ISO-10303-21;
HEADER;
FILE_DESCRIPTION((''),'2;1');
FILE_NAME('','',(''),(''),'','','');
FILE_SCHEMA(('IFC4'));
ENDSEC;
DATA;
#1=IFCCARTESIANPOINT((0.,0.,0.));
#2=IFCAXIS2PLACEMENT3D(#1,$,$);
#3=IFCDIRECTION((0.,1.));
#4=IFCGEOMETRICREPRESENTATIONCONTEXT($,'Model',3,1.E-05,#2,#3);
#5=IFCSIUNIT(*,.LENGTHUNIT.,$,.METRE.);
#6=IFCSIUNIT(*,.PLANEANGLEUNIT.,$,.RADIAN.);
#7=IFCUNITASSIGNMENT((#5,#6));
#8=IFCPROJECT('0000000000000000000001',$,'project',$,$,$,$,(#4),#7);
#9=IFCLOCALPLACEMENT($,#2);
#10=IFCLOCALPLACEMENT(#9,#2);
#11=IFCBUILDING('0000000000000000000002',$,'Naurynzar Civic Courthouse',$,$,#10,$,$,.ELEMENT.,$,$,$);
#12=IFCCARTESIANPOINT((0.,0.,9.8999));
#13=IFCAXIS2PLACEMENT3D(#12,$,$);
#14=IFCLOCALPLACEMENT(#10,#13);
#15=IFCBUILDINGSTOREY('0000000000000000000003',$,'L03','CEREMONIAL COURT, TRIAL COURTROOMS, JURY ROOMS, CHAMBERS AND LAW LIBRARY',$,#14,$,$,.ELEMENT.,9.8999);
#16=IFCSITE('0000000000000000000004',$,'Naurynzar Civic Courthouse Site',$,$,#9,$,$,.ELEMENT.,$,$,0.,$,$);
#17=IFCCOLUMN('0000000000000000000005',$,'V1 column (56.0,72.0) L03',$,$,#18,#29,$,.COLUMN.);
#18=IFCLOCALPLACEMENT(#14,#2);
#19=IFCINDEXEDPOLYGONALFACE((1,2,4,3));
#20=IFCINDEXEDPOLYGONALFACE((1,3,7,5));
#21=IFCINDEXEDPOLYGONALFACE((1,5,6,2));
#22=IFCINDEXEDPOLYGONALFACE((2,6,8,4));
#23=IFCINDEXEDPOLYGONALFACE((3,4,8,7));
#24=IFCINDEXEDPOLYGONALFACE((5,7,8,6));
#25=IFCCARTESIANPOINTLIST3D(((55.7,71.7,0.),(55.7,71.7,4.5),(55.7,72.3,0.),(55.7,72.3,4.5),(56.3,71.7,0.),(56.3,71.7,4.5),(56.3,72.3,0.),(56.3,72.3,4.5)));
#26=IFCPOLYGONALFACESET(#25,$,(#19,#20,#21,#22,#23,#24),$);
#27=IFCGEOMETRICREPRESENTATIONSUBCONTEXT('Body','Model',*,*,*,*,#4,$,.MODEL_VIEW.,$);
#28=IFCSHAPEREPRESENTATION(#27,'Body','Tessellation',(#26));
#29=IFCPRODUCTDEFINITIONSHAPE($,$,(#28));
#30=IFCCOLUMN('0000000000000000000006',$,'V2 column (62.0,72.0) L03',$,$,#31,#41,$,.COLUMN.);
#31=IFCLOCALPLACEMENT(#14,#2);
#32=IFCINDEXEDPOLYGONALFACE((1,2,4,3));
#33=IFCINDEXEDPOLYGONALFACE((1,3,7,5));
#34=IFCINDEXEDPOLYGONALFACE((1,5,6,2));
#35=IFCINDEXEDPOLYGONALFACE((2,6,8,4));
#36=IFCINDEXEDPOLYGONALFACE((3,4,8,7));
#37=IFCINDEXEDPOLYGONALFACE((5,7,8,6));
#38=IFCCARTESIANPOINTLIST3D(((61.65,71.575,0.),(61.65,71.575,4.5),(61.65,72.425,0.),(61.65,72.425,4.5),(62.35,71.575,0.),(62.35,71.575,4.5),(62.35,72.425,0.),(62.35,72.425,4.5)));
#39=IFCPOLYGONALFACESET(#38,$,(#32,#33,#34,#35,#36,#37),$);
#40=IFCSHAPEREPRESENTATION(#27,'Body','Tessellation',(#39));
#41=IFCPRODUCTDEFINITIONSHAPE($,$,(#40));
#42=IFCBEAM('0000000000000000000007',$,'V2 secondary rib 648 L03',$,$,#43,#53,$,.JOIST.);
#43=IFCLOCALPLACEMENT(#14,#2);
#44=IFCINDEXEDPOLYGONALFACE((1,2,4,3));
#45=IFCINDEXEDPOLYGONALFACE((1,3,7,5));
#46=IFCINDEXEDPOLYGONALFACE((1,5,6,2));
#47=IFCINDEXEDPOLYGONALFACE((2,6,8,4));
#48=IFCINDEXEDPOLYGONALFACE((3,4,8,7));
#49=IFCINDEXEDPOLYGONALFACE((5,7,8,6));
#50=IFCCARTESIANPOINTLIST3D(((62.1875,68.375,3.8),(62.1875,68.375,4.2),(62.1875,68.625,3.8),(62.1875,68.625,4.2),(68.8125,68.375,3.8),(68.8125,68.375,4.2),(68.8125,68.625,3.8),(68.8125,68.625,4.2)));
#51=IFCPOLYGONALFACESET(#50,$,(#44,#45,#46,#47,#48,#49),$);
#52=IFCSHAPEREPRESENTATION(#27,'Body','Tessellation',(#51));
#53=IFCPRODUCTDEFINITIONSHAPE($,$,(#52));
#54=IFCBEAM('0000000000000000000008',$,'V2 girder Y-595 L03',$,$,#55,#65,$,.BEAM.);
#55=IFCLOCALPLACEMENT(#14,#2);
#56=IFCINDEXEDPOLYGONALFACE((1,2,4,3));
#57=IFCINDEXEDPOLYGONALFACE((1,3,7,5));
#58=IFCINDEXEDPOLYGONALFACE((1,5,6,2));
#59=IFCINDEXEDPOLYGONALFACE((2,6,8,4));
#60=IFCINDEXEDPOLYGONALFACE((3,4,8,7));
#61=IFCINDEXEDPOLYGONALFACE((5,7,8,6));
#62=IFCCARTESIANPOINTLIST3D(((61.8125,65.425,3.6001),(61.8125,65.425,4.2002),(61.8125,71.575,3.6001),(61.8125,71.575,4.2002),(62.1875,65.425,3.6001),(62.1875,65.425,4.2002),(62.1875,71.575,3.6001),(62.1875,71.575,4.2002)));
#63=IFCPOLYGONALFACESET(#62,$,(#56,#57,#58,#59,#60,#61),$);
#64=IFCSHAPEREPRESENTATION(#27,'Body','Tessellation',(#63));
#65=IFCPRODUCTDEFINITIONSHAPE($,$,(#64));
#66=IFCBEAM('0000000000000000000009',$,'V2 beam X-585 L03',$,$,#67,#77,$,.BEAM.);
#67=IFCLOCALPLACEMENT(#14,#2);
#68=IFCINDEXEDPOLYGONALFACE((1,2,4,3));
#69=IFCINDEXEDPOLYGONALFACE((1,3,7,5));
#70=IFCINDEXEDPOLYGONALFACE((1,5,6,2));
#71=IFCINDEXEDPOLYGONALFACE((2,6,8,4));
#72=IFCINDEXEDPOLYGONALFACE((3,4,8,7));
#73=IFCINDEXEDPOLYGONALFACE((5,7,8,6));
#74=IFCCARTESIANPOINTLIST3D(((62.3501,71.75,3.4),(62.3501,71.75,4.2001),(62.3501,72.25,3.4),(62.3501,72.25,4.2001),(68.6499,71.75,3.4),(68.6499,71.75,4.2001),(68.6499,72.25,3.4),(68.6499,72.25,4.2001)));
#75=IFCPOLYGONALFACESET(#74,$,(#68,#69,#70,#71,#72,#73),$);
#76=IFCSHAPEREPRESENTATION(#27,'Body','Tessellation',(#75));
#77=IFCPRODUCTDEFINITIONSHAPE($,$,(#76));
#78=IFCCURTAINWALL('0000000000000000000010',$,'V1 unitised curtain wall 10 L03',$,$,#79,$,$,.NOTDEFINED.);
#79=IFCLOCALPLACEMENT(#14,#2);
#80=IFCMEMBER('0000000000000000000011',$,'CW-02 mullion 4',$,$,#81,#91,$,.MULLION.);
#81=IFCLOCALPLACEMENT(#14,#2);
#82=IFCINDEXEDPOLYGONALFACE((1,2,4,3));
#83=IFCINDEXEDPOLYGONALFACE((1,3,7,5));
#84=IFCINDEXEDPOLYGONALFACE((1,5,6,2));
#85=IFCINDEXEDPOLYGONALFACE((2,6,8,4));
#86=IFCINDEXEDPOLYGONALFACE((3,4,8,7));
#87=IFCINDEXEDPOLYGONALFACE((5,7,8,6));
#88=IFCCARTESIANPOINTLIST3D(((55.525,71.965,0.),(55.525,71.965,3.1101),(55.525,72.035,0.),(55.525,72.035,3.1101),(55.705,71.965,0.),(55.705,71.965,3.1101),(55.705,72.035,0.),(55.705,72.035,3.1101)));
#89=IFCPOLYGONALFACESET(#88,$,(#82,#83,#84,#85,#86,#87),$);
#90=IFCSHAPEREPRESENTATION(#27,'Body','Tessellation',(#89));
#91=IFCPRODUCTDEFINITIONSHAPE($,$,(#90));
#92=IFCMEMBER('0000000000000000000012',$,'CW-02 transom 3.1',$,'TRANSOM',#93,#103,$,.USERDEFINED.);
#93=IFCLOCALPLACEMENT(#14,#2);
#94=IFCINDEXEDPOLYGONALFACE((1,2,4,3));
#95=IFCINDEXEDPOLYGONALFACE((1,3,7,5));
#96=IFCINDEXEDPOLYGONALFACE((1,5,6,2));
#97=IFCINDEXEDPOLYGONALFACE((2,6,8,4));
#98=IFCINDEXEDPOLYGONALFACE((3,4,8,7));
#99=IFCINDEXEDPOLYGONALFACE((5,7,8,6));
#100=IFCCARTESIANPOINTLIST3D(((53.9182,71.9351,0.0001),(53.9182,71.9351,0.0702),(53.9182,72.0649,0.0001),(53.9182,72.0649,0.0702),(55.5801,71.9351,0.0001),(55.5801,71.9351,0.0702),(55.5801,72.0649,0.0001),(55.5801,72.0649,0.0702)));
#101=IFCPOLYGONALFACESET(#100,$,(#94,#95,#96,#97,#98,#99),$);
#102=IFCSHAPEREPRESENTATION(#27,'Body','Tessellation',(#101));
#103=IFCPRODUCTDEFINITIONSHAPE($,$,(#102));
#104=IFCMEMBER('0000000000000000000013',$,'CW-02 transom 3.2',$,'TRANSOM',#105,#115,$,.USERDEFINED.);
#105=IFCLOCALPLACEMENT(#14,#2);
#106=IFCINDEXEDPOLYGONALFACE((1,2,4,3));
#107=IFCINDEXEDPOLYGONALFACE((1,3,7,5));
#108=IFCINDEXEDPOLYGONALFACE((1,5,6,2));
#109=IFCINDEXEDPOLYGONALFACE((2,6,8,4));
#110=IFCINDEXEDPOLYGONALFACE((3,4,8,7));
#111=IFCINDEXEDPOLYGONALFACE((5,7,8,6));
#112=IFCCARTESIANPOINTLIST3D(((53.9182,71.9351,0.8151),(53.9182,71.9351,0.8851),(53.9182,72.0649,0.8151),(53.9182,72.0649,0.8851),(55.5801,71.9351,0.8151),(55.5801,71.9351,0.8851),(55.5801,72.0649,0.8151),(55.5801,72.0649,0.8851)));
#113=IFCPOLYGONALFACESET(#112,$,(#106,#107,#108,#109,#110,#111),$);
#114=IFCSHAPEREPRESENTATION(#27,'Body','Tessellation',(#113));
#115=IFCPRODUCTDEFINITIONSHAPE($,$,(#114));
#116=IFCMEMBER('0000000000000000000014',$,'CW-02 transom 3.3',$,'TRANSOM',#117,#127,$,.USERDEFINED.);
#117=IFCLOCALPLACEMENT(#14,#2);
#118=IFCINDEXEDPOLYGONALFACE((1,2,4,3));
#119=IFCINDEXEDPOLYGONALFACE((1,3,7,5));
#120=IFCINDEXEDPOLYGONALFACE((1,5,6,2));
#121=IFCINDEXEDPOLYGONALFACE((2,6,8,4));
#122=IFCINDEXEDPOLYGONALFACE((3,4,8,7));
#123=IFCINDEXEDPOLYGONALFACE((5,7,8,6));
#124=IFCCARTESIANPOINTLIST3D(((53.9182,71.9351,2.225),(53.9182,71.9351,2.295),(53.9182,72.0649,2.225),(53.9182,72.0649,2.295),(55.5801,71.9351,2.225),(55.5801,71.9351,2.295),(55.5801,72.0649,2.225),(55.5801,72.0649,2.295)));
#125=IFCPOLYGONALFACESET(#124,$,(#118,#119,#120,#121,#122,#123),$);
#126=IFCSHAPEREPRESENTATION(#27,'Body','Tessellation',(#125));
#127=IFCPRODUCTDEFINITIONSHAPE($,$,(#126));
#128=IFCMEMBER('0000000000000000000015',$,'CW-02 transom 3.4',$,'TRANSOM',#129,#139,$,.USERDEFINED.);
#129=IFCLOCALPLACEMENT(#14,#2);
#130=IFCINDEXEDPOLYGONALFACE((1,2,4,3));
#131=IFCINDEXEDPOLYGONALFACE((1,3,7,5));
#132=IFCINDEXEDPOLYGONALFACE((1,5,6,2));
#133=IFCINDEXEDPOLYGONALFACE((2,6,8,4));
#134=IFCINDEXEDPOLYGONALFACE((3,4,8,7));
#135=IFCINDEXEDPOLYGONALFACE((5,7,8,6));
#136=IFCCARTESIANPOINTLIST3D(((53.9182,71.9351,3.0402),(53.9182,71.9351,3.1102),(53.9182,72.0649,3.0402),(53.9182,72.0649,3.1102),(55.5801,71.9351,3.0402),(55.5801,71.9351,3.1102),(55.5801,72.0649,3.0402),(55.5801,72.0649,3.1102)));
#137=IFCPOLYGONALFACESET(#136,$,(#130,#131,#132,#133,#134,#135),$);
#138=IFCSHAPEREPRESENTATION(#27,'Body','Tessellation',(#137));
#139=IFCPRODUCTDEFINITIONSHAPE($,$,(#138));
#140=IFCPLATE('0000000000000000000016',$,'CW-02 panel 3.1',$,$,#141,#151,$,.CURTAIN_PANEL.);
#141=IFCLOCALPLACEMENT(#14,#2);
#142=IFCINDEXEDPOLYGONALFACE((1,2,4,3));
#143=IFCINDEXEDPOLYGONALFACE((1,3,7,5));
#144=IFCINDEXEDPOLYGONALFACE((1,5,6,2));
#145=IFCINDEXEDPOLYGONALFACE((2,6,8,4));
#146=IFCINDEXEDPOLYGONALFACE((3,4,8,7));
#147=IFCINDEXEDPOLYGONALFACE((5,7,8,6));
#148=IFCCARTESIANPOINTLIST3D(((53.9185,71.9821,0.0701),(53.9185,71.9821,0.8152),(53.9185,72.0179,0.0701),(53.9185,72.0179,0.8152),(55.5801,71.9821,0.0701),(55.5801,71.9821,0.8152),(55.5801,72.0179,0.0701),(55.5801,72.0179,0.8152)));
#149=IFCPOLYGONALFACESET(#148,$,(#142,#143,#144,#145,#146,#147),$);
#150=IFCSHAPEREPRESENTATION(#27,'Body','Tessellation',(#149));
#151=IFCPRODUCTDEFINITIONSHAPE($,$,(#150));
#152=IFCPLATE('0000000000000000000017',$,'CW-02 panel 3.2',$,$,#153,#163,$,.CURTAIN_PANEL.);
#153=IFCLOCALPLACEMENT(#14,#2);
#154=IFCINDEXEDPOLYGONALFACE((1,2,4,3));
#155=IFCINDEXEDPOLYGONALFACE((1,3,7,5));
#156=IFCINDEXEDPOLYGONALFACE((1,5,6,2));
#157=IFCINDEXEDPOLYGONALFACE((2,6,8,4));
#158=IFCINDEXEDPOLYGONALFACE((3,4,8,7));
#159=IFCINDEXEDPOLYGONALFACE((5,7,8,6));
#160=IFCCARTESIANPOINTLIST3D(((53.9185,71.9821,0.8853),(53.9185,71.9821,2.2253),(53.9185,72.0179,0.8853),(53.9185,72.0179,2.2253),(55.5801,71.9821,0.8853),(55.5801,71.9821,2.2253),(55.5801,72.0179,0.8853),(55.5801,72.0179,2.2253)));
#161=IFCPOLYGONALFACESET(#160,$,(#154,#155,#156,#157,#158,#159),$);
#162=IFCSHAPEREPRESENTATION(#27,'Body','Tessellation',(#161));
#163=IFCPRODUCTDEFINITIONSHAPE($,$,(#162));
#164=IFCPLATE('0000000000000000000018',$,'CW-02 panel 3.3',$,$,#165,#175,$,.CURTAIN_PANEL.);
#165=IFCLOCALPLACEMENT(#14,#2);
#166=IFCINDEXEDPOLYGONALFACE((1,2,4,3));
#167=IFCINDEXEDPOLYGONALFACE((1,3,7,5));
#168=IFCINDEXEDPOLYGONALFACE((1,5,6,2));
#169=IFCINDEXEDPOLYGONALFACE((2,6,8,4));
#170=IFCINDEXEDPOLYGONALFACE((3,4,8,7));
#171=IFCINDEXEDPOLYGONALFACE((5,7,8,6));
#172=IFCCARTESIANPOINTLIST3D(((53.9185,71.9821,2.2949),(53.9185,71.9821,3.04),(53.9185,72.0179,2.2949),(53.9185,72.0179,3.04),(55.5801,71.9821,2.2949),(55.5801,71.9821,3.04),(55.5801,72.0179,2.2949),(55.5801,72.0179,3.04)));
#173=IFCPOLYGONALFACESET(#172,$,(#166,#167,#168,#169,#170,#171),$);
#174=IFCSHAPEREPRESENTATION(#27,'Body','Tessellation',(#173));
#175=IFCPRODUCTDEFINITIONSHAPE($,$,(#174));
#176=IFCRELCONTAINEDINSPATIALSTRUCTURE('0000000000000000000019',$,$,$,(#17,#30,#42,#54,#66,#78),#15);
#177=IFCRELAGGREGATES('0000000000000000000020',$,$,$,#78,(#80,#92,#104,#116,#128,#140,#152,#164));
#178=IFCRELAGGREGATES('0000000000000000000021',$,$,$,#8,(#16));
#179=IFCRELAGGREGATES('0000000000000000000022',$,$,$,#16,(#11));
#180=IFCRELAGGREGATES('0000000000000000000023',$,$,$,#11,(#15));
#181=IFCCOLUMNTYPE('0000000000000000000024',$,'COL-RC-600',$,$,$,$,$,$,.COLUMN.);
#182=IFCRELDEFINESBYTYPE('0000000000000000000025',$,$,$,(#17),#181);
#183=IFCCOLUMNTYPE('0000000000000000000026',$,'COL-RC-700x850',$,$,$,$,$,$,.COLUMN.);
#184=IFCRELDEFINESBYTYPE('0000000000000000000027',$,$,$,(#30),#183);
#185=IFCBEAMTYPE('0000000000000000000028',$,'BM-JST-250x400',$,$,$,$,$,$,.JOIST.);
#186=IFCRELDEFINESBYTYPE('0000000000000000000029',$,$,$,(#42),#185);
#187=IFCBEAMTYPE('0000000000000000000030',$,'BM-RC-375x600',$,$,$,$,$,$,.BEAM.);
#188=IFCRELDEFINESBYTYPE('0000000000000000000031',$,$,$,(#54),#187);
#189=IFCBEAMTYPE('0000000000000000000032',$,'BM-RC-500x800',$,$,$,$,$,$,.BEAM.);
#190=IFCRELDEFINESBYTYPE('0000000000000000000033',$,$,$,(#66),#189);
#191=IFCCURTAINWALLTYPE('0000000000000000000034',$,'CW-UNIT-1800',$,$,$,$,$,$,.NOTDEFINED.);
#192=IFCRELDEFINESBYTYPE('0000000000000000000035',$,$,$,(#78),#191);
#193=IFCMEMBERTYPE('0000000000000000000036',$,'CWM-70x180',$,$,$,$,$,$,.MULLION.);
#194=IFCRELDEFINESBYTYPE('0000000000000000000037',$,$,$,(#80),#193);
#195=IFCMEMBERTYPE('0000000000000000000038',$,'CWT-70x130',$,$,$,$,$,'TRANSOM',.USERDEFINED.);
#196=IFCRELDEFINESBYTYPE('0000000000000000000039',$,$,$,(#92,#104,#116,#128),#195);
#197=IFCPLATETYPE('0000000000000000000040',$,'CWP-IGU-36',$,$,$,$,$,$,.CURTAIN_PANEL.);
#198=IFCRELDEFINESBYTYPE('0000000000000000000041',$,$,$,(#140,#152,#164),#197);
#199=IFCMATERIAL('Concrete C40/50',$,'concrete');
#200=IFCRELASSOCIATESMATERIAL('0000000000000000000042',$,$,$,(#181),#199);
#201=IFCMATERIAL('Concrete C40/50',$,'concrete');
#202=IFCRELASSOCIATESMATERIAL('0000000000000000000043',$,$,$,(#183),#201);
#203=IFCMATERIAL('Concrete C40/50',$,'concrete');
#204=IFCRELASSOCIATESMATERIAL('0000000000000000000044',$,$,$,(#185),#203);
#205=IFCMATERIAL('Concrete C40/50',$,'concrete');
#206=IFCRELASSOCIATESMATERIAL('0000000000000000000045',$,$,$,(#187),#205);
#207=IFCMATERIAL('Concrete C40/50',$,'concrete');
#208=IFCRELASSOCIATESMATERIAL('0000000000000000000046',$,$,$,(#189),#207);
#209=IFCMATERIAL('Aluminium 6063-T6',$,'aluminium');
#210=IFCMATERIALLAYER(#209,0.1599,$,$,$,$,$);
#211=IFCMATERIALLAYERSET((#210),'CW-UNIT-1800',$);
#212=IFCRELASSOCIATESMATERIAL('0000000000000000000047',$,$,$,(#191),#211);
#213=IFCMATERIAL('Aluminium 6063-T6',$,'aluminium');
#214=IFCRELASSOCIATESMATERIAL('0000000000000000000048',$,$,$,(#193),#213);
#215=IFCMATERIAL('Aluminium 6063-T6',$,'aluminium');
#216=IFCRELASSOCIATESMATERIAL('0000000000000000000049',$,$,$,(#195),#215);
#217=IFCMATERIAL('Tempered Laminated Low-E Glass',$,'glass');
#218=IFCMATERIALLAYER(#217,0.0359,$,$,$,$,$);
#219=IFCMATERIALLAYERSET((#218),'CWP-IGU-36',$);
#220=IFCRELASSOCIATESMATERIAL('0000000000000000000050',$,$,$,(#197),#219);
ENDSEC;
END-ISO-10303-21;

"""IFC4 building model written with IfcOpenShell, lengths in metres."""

from ifc_helpers import new_model, si_unit, direction, frame, origin, origin_2d, place, context, subcontext, project, spatial, rectangle, extrude, material, layer, layer_set, material_profile, profile_set, type_object, element, aggregate, save


model = new_model("IFC4")

# Units and contexts
model_context = context("Model", 3, precision=1e-05, world=origin(), true_north=direction((0.0, 1.0)))
body_context = subcontext(model_context, "Body", "Model", "MODEL_VIEW")
ifc_project = project(units=[si_unit("LENGTHUNIT", "METRE"), si_unit("PLANEANGLEUNIT", "RADIAN")], contexts=[model_context])

# Site, building, storey
site_placement = place(None, origin())
site = spatial("IfcSite", under=ifc_project, at=site_placement, Name="Naurynzar Civic Courthouse Site", CompositionType="ELEMENT", RefElevation=0.0)
building_placement = place(site_placement, origin())
building = spatial("IfcBuilding", under=site, at=building_placement, Name="Naurynzar Civic Courthouse", CompositionType="ELEMENT")
storey_placement = place(building_placement, frame((0.0, 0.0, 9.8999)))
storey = spatial("IfcBuildingStorey", under=building, at=storey_placement, Name="L03", Description="CEREMONIAL COURT, TRIAL COURTROOMS, JURY ROOMS, CHAMBERS AND LAW LIBRARY", CompositionType="ELEMENT", Elevation=9.8999)

# Columns
ifc_material_1 = material(Name="Concrete C40/50", Category="concrete")
ifc_material_profile_1 = material_profile(ifc_material_1, rectangle(XDim=0.6001, YDim=0.6001, at=origin_2d()), Name="RC 600x600")
ifc_profile_set_1 = profile_set([ifc_material_profile_1], Name="Concrete C40/50")
column_type_1 = type_object("IfcColumnType", Name="COL-RC-600", PredefinedType="COLUMN", material=ifc_profile_set_1)
column_1_placement = place(storey_placement, frame((56.0, 72.0, 0.0), z_axis=(0.0, 0.0, 1.0), x_axis=(1.0, 0.0, 0.0)))
element("IfcColumn", 1, at=column_1_placement, inside=storey, type_object=column_type_1, Name="V1 column (56.0,72.0) L03", PredefinedType="COLUMN", context=body_context, shape_type="SweptSolid", body=[
    extrude(rectangle(XDim=0.6001, YDim=0.6001, at=origin_2d()), origin(), (0.0, 0.0, 1.0), 4.5),
])
ifc_material_2 = material(Name="Concrete C40/50", Category="concrete")
ifc_material_profile_2 = material_profile(ifc_material_2, rectangle(XDim=0.7, YDim=0.8501, at=origin_2d()), Name="RC 700x850")
ifc_profile_set_2 = profile_set([ifc_material_profile_2], Name="Concrete C40/50")
column_type_2 = type_object("IfcColumnType", Name="COL-RC-700x850", PredefinedType="COLUMN", material=ifc_profile_set_2)
column_2_placement = place(storey_placement, frame((62.0, 72.0, 0.0), z_axis=(0.0, 0.0, 1.0), x_axis=(1.0, 0.0, 0.0)))
element("IfcColumn", 2, at=column_2_placement, inside=storey, type_object=column_type_2, Name="V2 column (62.0,72.0) L03", PredefinedType="COLUMN", context=body_context, shape_type="SweptSolid", body=[
    extrude(rectangle(XDim=0.7, YDim=0.8501, at=origin_2d()), origin(), (0.0, 0.0, 1.0), 4.5),
])

# Beams
ifc_material_3 = material(Name="Concrete C40/50", Category="concrete")
ifc_material_profile_3 = material_profile(ifc_material_3, rectangle(XDim=0.25, YDim=0.3999, at=origin_2d()), Name="RCB 250x400")
ifc_profile_set_3 = profile_set([ifc_material_profile_3], Name="Concrete C40/50")
beam_type_1 = type_object("IfcBeamType", Name="BM-JST-250x400", PredefinedType="JOIST", material=ifc_profile_set_3)
beam_1_placement = place(storey_placement, frame((62.1875, 68.5, 4.0), z_axis=(1.0, 0.0, 0.0), x_axis=(0.0, 1.0, 0.0)))
element("IfcBeam", 3, at=beam_1_placement, inside=storey, type_object=beam_type_1, Name="V2 secondary rib 648 L03", PredefinedType="JOIST", context=body_context, shape_type="SweptSolid", body=[
    extrude(rectangle(XDim=0.25, YDim=0.3999, at=origin_2d()), origin(), (0.0, 0.0, 1.0), 6.625),
])
ifc_material_4 = material(Name="Concrete C40/50", Category="concrete")
ifc_material_profile_4 = material_profile(ifc_material_4, rectangle(XDim=0.375, YDim=0.6001, at=origin_2d()), Name="RCB 375x600")
ifc_profile_set_4 = profile_set([ifc_material_profile_4], Name="Concrete C40/50")
beam_type_2 = type_object("IfcBeamType", Name="BM-RC-375x600", PredefinedType="BEAM", material=ifc_profile_set_4)
beam_2_placement = place(storey_placement, frame((62.0, 65.425, 3.9001), z_axis=(0.0, 1.0, 0.0), x_axis=(-1.0, 0.0, 0.0)))
element("IfcBeam", 4, at=beam_2_placement, inside=storey, type_object=beam_type_2, Name="V2 girder Y-595 L03", PredefinedType="BEAM", context=body_context, shape_type="SweptSolid", body=[
    extrude(rectangle(XDim=0.375, YDim=0.6001, at=origin_2d()), origin(), (0.0, 0.0, 1.0), 6.1499),
])
ifc_material_5 = material(Name="Concrete C40/50", Category="concrete")
ifc_material_profile_5 = material_profile(ifc_material_5, rectangle(XDim=0.5, YDim=0.8, at=origin_2d()), Name="RCB 500x800")
ifc_profile_set_5 = profile_set([ifc_material_profile_5], Name="Concrete C40/50")
beam_type_3 = type_object("IfcBeamType", Name="BM-RC-500x800", PredefinedType="BEAM", material=ifc_profile_set_5)
beam_3_placement = place(storey_placement, frame((62.3501, 72.0, 3.8), z_axis=(1.0, 0.0, 0.0), x_axis=(0.0, 1.0, 0.0)))
element("IfcBeam", 5, at=beam_3_placement, inside=storey, type_object=beam_type_3, Name="V2 beam X-585 L03", PredefinedType="BEAM", context=body_context, shape_type="SweptSolid", body=[
    extrude(rectangle(XDim=0.5, YDim=0.8, at=origin_2d()), origin(), (0.0, 0.0, 1.0), 6.2998),
])

# Curtain wall, members, plates
ifc_material_6 = material(Name="Aluminium 6063-T6", Category="aluminium")
ifc_layer_1 = layer(ifc_material_6, 0.1599)
ifc_layer_set_1 = layer_set([ifc_layer_1], Name="CW-UNIT-1800")
curtain_wall_type = type_object("IfcCurtainWallType", Name="CW-UNIT-1800", PredefinedType="NOTDEFINED", material=ifc_layer_set_1)
curtain_wall_placement = place(storey_placement, origin())
curtain_wall = element("IfcCurtainWall", 6, at=curtain_wall_placement, inside=storey, type_object=curtain_wall_type, Name="V1 unitised curtain wall 10 L03", PredefinedType="NOTDEFINED")
ifc_material_7 = material(Name="Aluminium 6063-T6", Category="aluminium")
ifc_material_profile_6 = material_profile(ifc_material_7, rectangle(XDim=0.0701, YDim=0.1799, at=origin_2d()), Name="ALU MULLION 70x180")
ifc_profile_set_6 = profile_set([ifc_material_profile_6], Name="Aluminium 6063-T6")
member_type_1 = type_object("IfcMemberType", Name="CWM-70x180", PredefinedType="MULLION", material=ifc_profile_set_6)
member_1_placement = place(storey_placement, frame((55.615, 72.0, 0.0), z_axis=(0.0, 0.0, 1.0), x_axis=(0.0, 1.0, 0.0)))
member_1 = element("IfcMember", 7, at=member_1_placement, type_object=member_type_1, Name="CW-02 mullion 4", PredefinedType="MULLION", context=body_context, shape_type="SweptSolid", body=[
    extrude(rectangle(XDim=0.0701, YDim=0.1799, at=origin_2d()), origin(), (0.0, 0.0, 1.0), 3.1101),
])
ifc_material_8 = material(Name="Aluminium 6063-T6", Category="aluminium")
ifc_material_profile_7 = material_profile(ifc_material_8, rectangle(XDim=0.1299, YDim=0.0701, at=origin_2d()), Name="ALU TRANSOM 70x130")
ifc_profile_set_7 = profile_set([ifc_material_profile_7], Name="Aluminium 6063-T6")
member_type_2 = type_object("IfcMemberType", Name="CWT-70x130", ElementType="TRANSOM", PredefinedType="USERDEFINED", material=ifc_profile_set_7)
member_2_placement = place(storey_placement, frame((53.9182, 72.0, 0.0352), z_axis=(1.0, 0.0, 0.0), x_axis=(0.0, 1.0, 0.0)))
member_2 = element("IfcMember", 8, at=member_2_placement, type_object=member_type_2, Name="CW-02 transom 3.1", ObjectType="TRANSOM", PredefinedType="USERDEFINED", context=body_context, shape_type="SweptSolid", body=[
    extrude(rectangle(XDim=0.1299, YDim=0.0701, at=origin_2d()), origin(), (0.0, 0.0, 1.0), 1.6619),
])
member_3_placement = place(storey_placement, frame((53.9182, 72.0, 0.8501), z_axis=(1.0, 0.0, 0.0), x_axis=(0.0, 1.0, 0.0)))
member_3 = element("IfcMember", 9, at=member_3_placement, type_object=member_type_2, Name="CW-02 transom 3.2", ObjectType="TRANSOM", PredefinedType="USERDEFINED", context=body_context, shape_type="SweptSolid", body=[
    extrude(rectangle(XDim=0.1299, YDim=0.0701, at=origin_2d()), origin(), (0.0, 0.0, 1.0), 1.6619),
])
member_4_placement = place(storey_placement, frame((53.9182, 72.0, 2.26), z_axis=(1.0, 0.0, 0.0), x_axis=(0.0, 1.0, 0.0)))
member_4 = element("IfcMember", 10, at=member_4_placement, type_object=member_type_2, Name="CW-02 transom 3.3", ObjectType="TRANSOM", PredefinedType="USERDEFINED", context=body_context, shape_type="SweptSolid", body=[
    extrude(rectangle(XDim=0.1299, YDim=0.0701, at=origin_2d()), origin(), (0.0, 0.0, 1.0), 1.6619),
])
member_5_placement = place(storey_placement, frame((53.9182, 72.0, 3.0752), z_axis=(1.0, 0.0, 0.0), x_axis=(0.0, 1.0, 0.0)))
member_5 = element("IfcMember", 11, at=member_5_placement, type_object=member_type_2, Name="CW-02 transom 3.4", ObjectType="TRANSOM", PredefinedType="USERDEFINED", context=body_context, shape_type="SweptSolid", body=[
    extrude(rectangle(XDim=0.1299, YDim=0.0701, at=origin_2d()), origin(), (0.0, 0.0, 1.0), 1.6619),
])
ifc_material_9 = material(Name="Tempered Laminated Low-E Glass", Category="glass")
ifc_layer_2 = layer(ifc_material_9, 0.0359)
ifc_layer_set_2 = layer_set([ifc_layer_2], Name="CWP-IGU-36")
plate_type = type_object("IfcPlateType", Name="CWP-IGU-36", PredefinedType="CURTAIN_PANEL", material=ifc_layer_set_2)
plate_1_placement = place(storey_placement, frame((54.7493, 72.0, 0.0701), z_axis=(0.0, 0.0, 1.0), x_axis=(1.0, 0.0, 0.0)))
plate_1 = element("IfcPlate", 12, at=plate_1_placement, type_object=plate_type, Name="CW-02 panel 3.1", PredefinedType="CURTAIN_PANEL", context=body_context, shape_type="SweptSolid", body=[
    extrude(rectangle(XDim=1.6616, YDim=0.0359, at=origin_2d()), origin(), (0.0, 0.0, 1.0), 0.7451),
])
plate_2_placement = place(storey_placement, frame((54.7493, 72.0, 0.8853), z_axis=(0.0, 0.0, 1.0), x_axis=(1.0, 0.0, 0.0)))
plate_2 = element("IfcPlate", 13, at=plate_2_placement, type_object=plate_type, Name="CW-02 panel 3.2", PredefinedType="CURTAIN_PANEL", context=body_context, shape_type="SweptSolid", body=[
    extrude(rectangle(XDim=1.6616, YDim=0.0359, at=origin_2d()), origin(), (0.0, 0.0, 1.0), 1.3401),
])
plate_3_placement = place(storey_placement, frame((54.7493, 72.0, 2.2949), z_axis=(0.0, 0.0, 1.0), x_axis=(1.0, 0.0, 0.0)))
plate_3 = element("IfcPlate", 14, at=plate_3_placement, type_object=plate_type, Name="CW-02 panel 3.3", PredefinedType="CURTAIN_PANEL", context=body_context, shape_type="SweptSolid", body=[
    extrude(rectangle(XDim=1.6616, YDim=0.0359, at=origin_2d()), origin(), (0.0, 0.0, 1.0), 0.7451),
])
aggregate(curtain_wall, [member_1, member_2, member_3, member_4, member_5, plate_1, plate_2, plate_3])

save(model, "model.ifc")
